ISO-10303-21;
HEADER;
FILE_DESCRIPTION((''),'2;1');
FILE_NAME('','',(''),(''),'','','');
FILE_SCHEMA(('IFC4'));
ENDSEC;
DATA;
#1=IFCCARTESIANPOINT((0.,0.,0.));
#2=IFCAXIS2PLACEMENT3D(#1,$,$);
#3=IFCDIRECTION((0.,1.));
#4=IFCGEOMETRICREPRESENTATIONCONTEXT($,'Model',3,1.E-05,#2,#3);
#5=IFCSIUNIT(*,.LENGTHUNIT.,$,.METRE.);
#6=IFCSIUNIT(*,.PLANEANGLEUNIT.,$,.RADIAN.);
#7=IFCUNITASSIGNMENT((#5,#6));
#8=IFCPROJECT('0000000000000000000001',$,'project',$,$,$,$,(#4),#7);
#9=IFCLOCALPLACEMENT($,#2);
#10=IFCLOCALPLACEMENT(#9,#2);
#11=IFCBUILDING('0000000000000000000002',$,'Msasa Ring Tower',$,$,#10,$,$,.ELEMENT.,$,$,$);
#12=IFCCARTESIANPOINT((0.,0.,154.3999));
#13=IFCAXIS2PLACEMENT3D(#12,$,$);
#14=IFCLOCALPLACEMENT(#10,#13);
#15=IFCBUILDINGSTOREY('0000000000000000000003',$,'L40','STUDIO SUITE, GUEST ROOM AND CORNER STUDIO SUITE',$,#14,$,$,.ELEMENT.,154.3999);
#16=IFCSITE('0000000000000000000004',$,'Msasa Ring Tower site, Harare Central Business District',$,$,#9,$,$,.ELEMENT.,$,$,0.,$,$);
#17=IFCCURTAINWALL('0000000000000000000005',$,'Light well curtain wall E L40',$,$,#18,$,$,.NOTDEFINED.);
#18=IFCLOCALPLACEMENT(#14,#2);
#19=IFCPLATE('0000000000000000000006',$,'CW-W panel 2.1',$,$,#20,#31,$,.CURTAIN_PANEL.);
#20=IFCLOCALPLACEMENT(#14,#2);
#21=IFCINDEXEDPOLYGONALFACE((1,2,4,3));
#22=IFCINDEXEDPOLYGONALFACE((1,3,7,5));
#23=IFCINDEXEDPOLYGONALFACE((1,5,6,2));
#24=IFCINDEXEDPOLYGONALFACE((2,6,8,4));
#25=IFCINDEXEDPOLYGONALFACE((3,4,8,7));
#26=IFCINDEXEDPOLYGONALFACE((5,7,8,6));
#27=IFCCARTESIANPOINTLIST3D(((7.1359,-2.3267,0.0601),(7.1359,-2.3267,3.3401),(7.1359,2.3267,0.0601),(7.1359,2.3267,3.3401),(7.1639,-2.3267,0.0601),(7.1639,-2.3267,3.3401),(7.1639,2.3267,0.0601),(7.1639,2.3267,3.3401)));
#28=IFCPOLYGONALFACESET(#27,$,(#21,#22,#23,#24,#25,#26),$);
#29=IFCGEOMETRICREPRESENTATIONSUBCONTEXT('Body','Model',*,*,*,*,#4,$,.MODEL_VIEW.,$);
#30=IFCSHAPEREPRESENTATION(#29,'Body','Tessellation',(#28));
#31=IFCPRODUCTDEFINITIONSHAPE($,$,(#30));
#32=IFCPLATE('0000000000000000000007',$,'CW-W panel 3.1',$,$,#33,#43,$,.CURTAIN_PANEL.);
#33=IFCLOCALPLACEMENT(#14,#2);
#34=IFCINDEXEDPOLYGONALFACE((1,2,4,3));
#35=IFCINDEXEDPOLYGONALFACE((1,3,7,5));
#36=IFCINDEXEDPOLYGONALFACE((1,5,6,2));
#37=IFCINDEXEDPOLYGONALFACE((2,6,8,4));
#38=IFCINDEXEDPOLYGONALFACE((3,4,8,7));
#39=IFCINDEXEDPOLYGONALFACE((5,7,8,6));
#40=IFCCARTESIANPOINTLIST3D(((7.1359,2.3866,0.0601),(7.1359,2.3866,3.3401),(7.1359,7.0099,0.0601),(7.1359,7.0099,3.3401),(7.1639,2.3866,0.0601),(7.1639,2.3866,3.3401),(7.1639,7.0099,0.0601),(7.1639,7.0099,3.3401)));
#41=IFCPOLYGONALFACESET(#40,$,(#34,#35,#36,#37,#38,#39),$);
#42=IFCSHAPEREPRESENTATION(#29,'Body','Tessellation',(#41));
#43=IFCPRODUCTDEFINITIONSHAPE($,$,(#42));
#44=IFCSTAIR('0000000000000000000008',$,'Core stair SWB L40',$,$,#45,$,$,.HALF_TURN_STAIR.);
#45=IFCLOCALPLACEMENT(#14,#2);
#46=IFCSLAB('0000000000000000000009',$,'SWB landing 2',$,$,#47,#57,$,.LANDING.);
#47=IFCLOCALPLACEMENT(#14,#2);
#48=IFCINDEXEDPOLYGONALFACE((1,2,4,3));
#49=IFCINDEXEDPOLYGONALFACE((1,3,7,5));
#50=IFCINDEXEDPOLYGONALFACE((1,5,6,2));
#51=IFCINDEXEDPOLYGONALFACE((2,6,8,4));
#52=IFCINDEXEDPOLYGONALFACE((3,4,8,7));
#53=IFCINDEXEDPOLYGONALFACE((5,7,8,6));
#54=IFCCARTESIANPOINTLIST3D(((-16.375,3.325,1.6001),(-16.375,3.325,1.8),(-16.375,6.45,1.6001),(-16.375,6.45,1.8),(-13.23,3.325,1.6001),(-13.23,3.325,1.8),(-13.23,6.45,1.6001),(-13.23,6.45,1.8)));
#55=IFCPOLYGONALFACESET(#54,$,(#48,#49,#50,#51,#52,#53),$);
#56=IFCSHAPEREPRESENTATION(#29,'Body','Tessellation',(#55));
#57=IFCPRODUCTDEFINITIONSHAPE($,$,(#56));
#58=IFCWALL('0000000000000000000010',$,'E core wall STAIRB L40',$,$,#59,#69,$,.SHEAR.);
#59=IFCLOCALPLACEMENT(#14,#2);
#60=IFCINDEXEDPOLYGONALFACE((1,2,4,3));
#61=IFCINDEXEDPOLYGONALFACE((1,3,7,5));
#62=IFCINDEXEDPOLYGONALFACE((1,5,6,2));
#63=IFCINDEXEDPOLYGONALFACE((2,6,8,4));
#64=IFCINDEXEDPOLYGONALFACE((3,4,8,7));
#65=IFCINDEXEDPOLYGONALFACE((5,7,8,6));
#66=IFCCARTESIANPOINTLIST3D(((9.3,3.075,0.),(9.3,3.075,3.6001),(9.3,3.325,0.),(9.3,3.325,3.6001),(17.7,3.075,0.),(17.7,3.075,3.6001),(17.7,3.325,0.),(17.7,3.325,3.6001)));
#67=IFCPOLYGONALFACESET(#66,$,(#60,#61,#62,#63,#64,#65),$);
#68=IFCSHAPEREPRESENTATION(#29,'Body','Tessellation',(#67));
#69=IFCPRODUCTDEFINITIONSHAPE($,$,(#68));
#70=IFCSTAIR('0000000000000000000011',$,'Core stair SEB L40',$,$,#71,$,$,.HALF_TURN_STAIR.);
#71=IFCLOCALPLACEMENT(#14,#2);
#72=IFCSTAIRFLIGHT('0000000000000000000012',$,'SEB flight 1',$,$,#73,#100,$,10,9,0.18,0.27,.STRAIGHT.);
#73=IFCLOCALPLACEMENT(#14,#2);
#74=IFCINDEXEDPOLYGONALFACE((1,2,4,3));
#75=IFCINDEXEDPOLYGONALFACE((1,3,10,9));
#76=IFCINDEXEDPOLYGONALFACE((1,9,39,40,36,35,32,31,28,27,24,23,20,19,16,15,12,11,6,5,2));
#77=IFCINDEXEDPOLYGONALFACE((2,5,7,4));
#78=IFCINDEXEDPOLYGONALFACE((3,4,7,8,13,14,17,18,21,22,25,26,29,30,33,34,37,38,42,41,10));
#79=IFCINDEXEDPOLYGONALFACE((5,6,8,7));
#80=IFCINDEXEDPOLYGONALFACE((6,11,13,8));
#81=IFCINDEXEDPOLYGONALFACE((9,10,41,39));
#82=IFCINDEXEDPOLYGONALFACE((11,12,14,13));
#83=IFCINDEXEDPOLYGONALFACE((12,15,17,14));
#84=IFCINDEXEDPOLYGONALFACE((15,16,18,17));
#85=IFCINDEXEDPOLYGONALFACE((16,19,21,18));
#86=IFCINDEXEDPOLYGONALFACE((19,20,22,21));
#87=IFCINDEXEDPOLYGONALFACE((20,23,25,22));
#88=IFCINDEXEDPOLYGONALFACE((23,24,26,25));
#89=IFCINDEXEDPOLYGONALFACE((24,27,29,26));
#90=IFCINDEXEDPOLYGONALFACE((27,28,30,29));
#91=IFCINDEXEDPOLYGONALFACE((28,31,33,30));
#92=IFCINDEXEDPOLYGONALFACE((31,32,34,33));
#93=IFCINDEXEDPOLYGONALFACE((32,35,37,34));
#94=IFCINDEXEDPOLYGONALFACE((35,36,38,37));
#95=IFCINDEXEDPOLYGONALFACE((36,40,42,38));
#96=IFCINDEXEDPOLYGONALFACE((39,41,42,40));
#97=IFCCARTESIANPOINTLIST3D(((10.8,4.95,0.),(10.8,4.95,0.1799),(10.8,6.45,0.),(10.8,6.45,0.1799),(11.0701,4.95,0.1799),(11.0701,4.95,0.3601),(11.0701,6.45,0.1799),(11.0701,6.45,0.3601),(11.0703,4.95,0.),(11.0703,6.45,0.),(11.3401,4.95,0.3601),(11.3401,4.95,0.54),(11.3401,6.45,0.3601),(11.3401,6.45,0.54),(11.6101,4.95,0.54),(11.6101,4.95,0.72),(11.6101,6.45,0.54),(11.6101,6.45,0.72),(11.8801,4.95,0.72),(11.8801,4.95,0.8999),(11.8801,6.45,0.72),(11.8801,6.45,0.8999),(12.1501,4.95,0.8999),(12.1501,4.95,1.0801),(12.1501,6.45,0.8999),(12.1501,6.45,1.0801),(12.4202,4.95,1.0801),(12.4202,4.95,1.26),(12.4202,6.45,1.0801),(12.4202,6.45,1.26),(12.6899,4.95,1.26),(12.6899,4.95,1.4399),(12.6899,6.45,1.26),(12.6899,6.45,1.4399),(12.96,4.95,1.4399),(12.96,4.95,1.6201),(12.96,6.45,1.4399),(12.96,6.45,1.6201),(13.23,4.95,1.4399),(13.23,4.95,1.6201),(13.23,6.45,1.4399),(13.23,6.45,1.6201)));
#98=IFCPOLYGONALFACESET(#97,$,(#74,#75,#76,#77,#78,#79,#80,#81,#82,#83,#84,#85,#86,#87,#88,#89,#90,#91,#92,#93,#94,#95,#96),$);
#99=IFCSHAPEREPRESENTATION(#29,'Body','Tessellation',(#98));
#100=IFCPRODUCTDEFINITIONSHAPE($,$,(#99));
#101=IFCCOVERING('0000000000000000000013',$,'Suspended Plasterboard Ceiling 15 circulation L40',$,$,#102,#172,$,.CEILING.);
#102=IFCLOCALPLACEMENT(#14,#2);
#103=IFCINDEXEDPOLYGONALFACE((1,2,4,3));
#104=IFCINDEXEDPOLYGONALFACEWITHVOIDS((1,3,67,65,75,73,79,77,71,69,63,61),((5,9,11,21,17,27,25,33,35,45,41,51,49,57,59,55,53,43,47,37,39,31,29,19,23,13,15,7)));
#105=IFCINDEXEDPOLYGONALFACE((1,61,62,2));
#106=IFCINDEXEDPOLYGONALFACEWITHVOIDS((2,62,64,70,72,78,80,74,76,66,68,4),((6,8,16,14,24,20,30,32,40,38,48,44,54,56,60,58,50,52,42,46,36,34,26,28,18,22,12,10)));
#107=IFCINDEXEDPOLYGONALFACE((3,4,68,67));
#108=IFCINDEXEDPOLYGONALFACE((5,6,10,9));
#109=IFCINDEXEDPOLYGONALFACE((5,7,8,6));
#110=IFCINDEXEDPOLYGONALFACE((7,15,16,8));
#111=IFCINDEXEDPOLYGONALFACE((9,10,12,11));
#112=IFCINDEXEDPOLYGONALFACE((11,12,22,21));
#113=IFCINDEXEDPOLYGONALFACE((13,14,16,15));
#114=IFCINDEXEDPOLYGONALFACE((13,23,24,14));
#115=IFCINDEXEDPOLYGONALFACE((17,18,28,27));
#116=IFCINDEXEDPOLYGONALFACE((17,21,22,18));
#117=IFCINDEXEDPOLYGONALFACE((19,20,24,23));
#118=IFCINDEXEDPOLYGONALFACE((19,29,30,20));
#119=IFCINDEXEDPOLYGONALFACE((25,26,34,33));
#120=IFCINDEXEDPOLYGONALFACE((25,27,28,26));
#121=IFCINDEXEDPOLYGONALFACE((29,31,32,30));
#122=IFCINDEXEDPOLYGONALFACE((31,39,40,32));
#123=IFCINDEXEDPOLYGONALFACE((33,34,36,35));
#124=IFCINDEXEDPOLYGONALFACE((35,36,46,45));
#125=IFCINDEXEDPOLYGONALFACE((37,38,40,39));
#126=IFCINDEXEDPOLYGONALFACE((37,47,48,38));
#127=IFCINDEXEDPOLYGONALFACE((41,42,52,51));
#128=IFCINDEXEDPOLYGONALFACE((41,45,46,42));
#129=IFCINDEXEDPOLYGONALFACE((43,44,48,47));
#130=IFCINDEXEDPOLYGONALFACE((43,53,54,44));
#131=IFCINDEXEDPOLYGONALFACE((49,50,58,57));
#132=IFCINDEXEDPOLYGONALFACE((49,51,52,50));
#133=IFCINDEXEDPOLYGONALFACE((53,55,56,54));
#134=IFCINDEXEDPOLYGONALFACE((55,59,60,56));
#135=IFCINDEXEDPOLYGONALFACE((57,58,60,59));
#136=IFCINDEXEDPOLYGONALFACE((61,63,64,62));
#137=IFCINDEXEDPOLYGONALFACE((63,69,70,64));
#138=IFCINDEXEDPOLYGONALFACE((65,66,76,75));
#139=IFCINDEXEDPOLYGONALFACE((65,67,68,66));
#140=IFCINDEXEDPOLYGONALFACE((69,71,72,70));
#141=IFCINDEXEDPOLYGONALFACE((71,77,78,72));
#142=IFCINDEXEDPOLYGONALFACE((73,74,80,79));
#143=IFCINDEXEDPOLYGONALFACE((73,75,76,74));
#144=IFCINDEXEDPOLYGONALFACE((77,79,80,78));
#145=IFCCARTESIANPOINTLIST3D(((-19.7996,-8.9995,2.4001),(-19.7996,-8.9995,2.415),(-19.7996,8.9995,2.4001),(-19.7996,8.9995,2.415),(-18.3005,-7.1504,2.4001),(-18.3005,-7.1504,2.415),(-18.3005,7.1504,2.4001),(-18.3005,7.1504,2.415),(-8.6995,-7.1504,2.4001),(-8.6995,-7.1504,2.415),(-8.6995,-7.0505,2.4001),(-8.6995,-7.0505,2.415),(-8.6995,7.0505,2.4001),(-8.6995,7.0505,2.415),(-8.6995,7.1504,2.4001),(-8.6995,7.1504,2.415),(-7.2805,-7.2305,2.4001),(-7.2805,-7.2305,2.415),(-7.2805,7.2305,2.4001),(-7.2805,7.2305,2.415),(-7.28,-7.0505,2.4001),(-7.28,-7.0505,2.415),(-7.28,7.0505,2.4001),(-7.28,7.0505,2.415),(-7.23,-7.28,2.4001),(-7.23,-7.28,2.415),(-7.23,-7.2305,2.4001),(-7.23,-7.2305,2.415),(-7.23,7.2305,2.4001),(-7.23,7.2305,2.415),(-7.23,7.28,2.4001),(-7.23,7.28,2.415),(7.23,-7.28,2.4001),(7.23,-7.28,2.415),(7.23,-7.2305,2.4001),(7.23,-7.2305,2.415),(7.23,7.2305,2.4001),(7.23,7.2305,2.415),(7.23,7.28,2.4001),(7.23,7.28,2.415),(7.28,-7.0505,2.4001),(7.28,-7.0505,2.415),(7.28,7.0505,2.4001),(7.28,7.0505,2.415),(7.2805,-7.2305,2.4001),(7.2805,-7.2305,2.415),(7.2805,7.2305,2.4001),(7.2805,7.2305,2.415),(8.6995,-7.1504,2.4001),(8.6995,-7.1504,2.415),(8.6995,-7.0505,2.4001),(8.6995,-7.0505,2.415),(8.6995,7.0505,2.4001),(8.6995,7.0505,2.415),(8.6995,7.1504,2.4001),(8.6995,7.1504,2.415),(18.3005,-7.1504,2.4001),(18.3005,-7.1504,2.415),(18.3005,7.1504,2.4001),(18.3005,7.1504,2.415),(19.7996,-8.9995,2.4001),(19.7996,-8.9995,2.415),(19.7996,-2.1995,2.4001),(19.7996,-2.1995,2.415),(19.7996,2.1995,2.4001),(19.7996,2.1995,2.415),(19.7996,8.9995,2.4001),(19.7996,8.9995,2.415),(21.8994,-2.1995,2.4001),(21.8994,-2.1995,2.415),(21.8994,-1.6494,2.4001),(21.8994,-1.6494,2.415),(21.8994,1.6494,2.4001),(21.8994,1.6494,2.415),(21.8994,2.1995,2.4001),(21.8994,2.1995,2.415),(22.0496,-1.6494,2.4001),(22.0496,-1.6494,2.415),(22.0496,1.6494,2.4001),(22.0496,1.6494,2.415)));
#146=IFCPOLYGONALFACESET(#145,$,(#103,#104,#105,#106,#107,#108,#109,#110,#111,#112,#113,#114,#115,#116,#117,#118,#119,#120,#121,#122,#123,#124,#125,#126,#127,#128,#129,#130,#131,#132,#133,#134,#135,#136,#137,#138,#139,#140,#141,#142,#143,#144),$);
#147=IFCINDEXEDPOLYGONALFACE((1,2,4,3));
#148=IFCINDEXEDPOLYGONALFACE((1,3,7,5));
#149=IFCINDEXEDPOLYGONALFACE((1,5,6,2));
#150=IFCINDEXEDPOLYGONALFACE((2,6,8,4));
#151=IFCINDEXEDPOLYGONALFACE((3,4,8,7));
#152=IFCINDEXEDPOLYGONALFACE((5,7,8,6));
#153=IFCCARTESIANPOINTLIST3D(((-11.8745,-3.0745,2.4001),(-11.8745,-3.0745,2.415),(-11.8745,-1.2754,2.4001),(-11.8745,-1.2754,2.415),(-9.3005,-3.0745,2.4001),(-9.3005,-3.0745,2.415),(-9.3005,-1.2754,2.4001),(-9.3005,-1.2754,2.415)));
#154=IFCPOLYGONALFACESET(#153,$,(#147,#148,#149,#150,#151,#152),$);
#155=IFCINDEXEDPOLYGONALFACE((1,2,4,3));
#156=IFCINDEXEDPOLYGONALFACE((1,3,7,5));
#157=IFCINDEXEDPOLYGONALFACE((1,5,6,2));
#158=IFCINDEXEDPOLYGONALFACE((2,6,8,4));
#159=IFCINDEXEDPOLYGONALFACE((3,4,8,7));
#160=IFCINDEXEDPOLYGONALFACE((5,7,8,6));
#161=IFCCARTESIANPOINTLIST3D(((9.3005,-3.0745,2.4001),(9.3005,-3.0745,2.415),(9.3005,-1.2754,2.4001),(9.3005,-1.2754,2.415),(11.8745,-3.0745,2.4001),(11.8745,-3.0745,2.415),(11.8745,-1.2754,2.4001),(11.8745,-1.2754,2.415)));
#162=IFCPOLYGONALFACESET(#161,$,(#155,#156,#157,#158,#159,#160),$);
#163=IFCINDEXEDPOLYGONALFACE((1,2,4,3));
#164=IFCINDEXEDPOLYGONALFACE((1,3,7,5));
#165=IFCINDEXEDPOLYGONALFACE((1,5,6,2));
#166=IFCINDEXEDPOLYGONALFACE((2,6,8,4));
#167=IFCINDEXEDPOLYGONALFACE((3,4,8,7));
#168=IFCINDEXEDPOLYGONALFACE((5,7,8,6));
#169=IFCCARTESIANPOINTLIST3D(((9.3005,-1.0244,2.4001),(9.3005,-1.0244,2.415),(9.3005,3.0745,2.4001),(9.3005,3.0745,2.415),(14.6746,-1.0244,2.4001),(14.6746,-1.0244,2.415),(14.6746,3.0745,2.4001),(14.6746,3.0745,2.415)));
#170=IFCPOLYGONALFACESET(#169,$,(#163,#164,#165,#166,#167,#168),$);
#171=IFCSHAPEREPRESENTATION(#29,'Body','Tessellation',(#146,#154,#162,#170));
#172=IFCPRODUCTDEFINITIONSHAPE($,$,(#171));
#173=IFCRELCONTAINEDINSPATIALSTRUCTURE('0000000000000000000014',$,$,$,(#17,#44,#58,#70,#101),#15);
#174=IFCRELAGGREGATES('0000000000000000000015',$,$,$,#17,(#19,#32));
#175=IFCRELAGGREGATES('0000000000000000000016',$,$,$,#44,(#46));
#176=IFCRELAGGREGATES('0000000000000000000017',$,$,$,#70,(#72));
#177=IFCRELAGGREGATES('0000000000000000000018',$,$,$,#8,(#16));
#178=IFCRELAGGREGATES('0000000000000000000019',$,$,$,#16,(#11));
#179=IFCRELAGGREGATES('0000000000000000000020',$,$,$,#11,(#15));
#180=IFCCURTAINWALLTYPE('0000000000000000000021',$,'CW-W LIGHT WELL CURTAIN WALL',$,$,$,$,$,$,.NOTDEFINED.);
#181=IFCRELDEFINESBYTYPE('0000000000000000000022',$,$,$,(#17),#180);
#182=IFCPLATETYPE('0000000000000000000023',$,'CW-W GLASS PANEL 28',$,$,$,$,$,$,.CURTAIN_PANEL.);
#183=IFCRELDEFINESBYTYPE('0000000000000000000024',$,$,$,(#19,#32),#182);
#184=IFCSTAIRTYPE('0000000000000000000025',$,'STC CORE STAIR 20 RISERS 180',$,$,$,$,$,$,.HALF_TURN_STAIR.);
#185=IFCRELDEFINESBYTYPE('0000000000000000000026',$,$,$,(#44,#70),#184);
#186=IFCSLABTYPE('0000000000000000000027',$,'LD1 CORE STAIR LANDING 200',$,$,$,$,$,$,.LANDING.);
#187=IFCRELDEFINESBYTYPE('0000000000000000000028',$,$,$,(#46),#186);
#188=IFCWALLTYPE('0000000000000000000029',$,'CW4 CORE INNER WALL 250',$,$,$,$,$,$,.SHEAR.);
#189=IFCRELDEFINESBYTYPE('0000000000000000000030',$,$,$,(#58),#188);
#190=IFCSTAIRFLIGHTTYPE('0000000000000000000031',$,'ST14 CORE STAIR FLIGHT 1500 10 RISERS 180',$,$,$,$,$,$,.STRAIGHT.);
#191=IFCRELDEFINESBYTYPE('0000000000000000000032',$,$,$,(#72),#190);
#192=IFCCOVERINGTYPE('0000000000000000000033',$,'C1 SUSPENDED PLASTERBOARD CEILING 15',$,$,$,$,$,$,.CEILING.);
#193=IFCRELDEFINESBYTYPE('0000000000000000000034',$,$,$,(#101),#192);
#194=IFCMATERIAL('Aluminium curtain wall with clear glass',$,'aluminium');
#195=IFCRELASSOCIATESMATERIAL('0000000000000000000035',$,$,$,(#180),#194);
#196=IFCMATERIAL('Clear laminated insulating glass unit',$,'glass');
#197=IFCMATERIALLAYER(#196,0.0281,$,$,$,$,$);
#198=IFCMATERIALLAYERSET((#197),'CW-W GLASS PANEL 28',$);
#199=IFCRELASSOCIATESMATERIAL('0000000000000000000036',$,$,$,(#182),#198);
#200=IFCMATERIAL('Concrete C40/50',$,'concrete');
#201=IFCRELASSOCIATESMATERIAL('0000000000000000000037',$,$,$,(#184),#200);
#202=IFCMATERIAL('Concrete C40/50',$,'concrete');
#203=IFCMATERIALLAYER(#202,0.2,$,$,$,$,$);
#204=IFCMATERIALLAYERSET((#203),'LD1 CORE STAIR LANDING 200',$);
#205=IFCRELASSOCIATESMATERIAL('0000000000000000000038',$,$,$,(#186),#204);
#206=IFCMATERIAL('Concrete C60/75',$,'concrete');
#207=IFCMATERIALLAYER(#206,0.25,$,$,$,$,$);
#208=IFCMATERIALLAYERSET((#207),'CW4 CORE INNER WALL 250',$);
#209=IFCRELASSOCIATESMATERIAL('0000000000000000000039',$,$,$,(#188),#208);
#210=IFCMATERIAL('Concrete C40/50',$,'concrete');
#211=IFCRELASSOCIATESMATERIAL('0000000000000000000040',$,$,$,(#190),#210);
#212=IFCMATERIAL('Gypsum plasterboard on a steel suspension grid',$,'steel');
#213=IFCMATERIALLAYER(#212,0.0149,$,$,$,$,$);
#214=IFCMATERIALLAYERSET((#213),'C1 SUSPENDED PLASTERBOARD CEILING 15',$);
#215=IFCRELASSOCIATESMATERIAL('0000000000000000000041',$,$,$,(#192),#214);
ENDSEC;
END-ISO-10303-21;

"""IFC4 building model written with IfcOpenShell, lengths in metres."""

from ifc_helpers import new_model, si_unit, direction, frame, frame_2d, origin, origin_2d, place, context, subcontext, project, spatial, polyline, line, indexed_curve, rectangle, outline, extrude, material, layer, layer_set, type_object, element, aggregate, save


model = new_model("IFC4")

# Units and contexts
model_context = context("Model", 3, precision=1e-05, world=origin(), true_north=direction((0.0, 1.0)))
body_context = subcontext(model_context, "Body", "Model", "MODEL_VIEW")
ifc_project = project(units=[si_unit("LENGTHUNIT", "METRE"), si_unit("PLANEANGLEUNIT", "RADIAN")], contexts=[model_context])

# Site, building, storey
site_placement = place(None, origin())
site = spatial("IfcSite", under=ifc_project, at=site_placement, Name="Msasa Ring Tower site, Harare Central Business District", CompositionType="ELEMENT", RefElevation=0.0)
building_placement = place(site_placement, origin())
building = spatial("IfcBuilding", under=site, at=building_placement, Name="Msasa Ring Tower", CompositionType="ELEMENT")
storey_placement = place(building_placement, frame((0.0, 0.0, 154.3999)))
storey = spatial("IfcBuildingStorey", under=building, at=storey_placement, Name="L40", Description="STUDIO SUITE, GUEST ROOM AND CORNER STUDIO SUITE", CompositionType="ELEMENT", Elevation=154.3999)

# Curtain wall
ifc_material_1 = material(Name="Aluminium curtain wall with clear glass", Category="aluminium")
curtain_wall_type = type_object("IfcCurtainWallType", Name="CW-W LIGHT WELL CURTAIN WALL", PredefinedType="NOTDEFINED", material=ifc_material_1)
curtain_wall_placement = place(storey_placement, origin())
curtain_wall = element("IfcCurtainWall", 1, at=curtain_wall_placement, inside=storey, type_object=curtain_wall_type, Name="Light well curtain wall E L40", PredefinedType="NOTDEFINED")

# Plates
ifc_material_2 = material(Name="Clear laminated insulating glass unit", Category="glass")
ifc_layer_1 = layer(ifc_material_2, 0.0281)
ifc_layer_set_1 = layer_set([ifc_layer_1], Name="CW-W GLASS PANEL 28")
plate_type = type_object("IfcPlateType", Name="CW-W GLASS PANEL 28", PredefinedType="CURTAIN_PANEL", material=ifc_layer_set_1)
plate_1_placement = place(storey_placement, frame((7.1499, 0.0, 0.0601), z_axis=(0.0, 0.0, 1.0), x_axis=(0.0, 1.0, 0.0)))
plate_1 = element("IfcPlate", 2, at=plate_1_placement, type_object=plate_type, Name="CW-W panel 2.1", PredefinedType="CURTAIN_PANEL", context=body_context, shape_type="SweptSolid", body=[
    extrude(rectangle(XDim=4.6533, YDim=0.0281, at=origin_2d()), origin(), (0.0, 0.0, 1.0), 3.28),
])
plate_2_placement = place(storey_placement, frame((7.1499, 4.6982, 0.0601), z_axis=(0.0, 0.0, 1.0), x_axis=(0.0, 1.0, 0.0)))
plate_2 = element("IfcPlate", 3, at=plate_2_placement, type_object=plate_type, Name="CW-W panel 3.1", PredefinedType="CURTAIN_PANEL", context=body_context, shape_type="SweptSolid", body=[
    extrude(rectangle(XDim=4.6233, YDim=0.0281, at=origin_2d()), origin(), (0.0, 0.0, 1.0), 3.28),
])
aggregate(curtain_wall, [plate_1, plate_2])

# Stair, slab
ifc_material_3 = material(Name="Concrete C40/50", Category="concrete")
stair_type = type_object("IfcStairType", Name="STC CORE STAIR 20 RISERS 180", PredefinedType="HALF_TURN_STAIR", material=ifc_material_3)
stair_1_placement = place(storey_placement, origin())
stair_1 = element("IfcStair", 4, at=stair_1_placement, inside=storey, type_object=stair_type, Name="Core stair SWB L40", PredefinedType="HALF_TURN_STAIR")
ifc_material_4 = material(Name="Concrete C40/50", Category="concrete")
ifc_layer_2 = layer(ifc_material_4, 0.2)
ifc_layer_set_2 = layer_set([ifc_layer_2], Name="LD1 CORE STAIR LANDING 200")
slab_type = type_object("IfcSlabType", Name="LD1 CORE STAIR LANDING 200", PredefinedType="LANDING", material=ifc_layer_set_2)
slab_placement = place(storey_placement, frame((0.0, 0.0, 1.6001)))
slab = element("IfcSlab", 5, at=slab_placement, type_object=slab_type, Name="SWB landing 2", PredefinedType="LANDING", context=body_context, shape_type="SweptSolid", body=[
    extrude(outline(polyline([(-16.375, 3.325), (-13.23, 3.325), (-13.23, 6.45), (-16.375, 6.45), (-16.375, 3.325)])), origin(), (0.0, 0.0, 1.0), 0.2),
])
aggregate(stair_1, [slab])

# Wall
ifc_material_5 = material(Name="Concrete C60/75", Category="concrete")
ifc_layer_3 = layer(ifc_material_5, 0.25)
ifc_layer_set_3 = layer_set([ifc_layer_3], Name="CW4 CORE INNER WALL 250")
wall_type = type_object("IfcWallType", Name="CW4 CORE INNER WALL 250", PredefinedType="SHEAR", material=ifc_layer_set_3)
wall_placement = place(storey_placement, frame((9.3, 3.2, 0.0), z_axis=(0.0, 0.0, 1.0), x_axis=(1.0, 0.0, 0.0)))
element("IfcWall", 6, at=wall_placement, inside=storey, type_object=wall_type, Name="E core wall STAIRB L40", PredefinedType="SHEAR", context=body_context, shape_type="SweptSolid", body=[
    extrude(rectangle(XDim=8.3999, YDim=0.25, at=frame_2d((4.2, 0.0))), origin(), (0.0, 0.0, 1.0), 3.6001),
])

# Stair, stair flight
stair_2_placement = place(storey_placement, origin())
stair_2 = element("IfcStair", 7, at=stair_2_placement, inside=storey, type_object=stair_type, Name="Core stair SEB L40", PredefinedType="HALF_TURN_STAIR")
ifc_material_6 = material(Name="Concrete C40/50", Category="concrete")
stair_flight_type = type_object("IfcStairFlightType", Name="ST14 CORE STAIR FLIGHT 1500 10 RISERS 180", PredefinedType="STRAIGHT", material=ifc_material_6)
stair_flight_placement = place(storey_placement, frame((10.8, 5.7, 0.0), z_axis=(0.0, 0.0, 1.0), x_axis=(1.0, 0.0, 0.0)))
stair_flight = element("IfcStairFlight", 8, at=stair_flight_placement, type_object=stair_flight_type, Name="SEB flight 1", NumberOfRisers=10, NumberOfTreads=9, PredefinedType="STRAIGHT", RiserHeight=0.18, TreadLength=0.27, context=body_context, shape_type="SweptSolid", body=[
    extrude(outline(polyline([(0.0, 0.0), (0.0, 0.1799), (0.27, 0.1799), (0.27, 0.3601), (0.54, 0.3601), (0.54, 0.54), (0.8101, 0.54), (0.8101, 0.72), (1.0801, 0.72), (1.0801, 0.8999), (1.3501, 0.8999), (1.3501, 1.0801), (1.6201, 1.0801), (1.6201, 1.26), (1.8899, 1.26), (1.8899, 1.4399), (2.1599, 1.4399), (2.1599, 1.6201), (2.4299, 1.6201), (2.4299, 1.8), (2.4299, 1.4399), (0.2703, 0.0), (0.0, 0.0)])), frame((0.0, 0.75, 0.0), z_axis=(0.0, -1.0, 0.0), x_axis=(1.0, 0.0, 0.0)), (0.0, 0.0, 1.0), 1.5),
])
aggregate(stair_2, [stair_flight])

# Covering
ifc_material_7 = material(Name="Gypsum plasterboard on a steel suspension grid", Category="steel")
ifc_layer_4 = layer(ifc_material_7, 0.0149)
ifc_layer_set_4 = layer_set([ifc_layer_4], Name="C1 SUSPENDED PLASTERBOARD CEILING 15")
covering_type_1 = type_object("IfcCoveringType", Name="C1 SUSPENDED PLASTERBOARD CEILING 15", PredefinedType="CEILING", material=ifc_layer_set_4)
covering_1_placement = place(storey_placement, frame((0.0, 0.0, 2.4001)))
element("IfcCovering", 9, at=covering_1_placement, inside=storey, type_object=covering_type_1, Name="Suspended Plasterboard Ceiling 15 circulation L40", PredefinedType="CEILING", context=body_context, shape_type="SweptSolid", body=[
    extrude(outline(indexed_curve([(19.7996, 2.1995), (21.8994, 2.1995), (21.8994, 1.6494), (22.0496, 1.6494), (22.0496, -1.6494), (21.8994, -1.6494), (21.8994, -2.1995), (19.7996, -2.1995), (19.7996, -8.9995), (-19.7996, -8.9995), (-19.7996, 8.9995), (19.7996, 8.9995)], segments=[line(1, 2, 3, 4, 5, 6, 7, 8, 9, 10, 11, 12, 1)], self_intersect=False), holes=[indexed_curve([(8.6995, -7.1504), (18.3005, -7.1504), (18.3005, 7.1504), (8.6995, 7.1504), (8.6995, 7.0505), (7.28, 7.0505), (7.2805, 7.2305), (7.23, 7.2305), (7.23, 7.28), (-7.23, 7.28), (-7.23, 7.2305), (-7.2805, 7.2305), (-7.28, 7.0505), (-8.6995, 7.0505), (-8.6995, 7.1504), (-18.3005, 7.1504), (-18.3005, -7.1504), (-8.6995, -7.1504), (-8.6995, -7.0505), (-7.28, -7.0505), (-7.2805, -7.2305), (-7.23, -7.2305), (-7.23, -7.28), (7.23, -7.28), (7.23, -7.2305), (7.2805, -7.2305), (7.28, -7.0505), (8.6995, -7.0505)], segments=[line(1, 2, 3, 4, 5, 6, 7, 8, 9, 10, 11, 12, 13, 14, 15, 16, 17, 18, 19, 20, 21, 22, 23, 24, 25, 26, 27, 28, 1)], self_intersect=False)]), origin(), (0.0, 0.0, 1.0), 0.0149),
    extrude(outline(indexed_curve([(-9.3005, -3.0745), (-11.8745, -3.0745), (-11.8745, -1.2754), (-9.3005, -1.2754)], segments=[line(1, 2, 3, 4, 1)], self_intersect=False)), origin(), (0.0, 0.0, 1.0), 0.0149),
    extrude(outline(indexed_curve([(11.8745, -3.0745), (9.3005, -3.0745), (9.3005, -1.2754), (11.8745, -1.2754)], segments=[line(1, 2, 3, 4, 1)], self_intersect=False)), origin(), (0.0, 0.0, 1.0), 0.0149),
    extrude(outline(indexed_curve([(14.6746, -1.0244), (9.3005, -1.0244), (9.3005, 3.0745), (14.6746, 3.0745)], segments=[line(1, 2, 3, 4, 1)], self_intersect=False)), origin(), (0.0, 0.0, 1.0), 0.0149),
])

save(model, "model.ifc")
